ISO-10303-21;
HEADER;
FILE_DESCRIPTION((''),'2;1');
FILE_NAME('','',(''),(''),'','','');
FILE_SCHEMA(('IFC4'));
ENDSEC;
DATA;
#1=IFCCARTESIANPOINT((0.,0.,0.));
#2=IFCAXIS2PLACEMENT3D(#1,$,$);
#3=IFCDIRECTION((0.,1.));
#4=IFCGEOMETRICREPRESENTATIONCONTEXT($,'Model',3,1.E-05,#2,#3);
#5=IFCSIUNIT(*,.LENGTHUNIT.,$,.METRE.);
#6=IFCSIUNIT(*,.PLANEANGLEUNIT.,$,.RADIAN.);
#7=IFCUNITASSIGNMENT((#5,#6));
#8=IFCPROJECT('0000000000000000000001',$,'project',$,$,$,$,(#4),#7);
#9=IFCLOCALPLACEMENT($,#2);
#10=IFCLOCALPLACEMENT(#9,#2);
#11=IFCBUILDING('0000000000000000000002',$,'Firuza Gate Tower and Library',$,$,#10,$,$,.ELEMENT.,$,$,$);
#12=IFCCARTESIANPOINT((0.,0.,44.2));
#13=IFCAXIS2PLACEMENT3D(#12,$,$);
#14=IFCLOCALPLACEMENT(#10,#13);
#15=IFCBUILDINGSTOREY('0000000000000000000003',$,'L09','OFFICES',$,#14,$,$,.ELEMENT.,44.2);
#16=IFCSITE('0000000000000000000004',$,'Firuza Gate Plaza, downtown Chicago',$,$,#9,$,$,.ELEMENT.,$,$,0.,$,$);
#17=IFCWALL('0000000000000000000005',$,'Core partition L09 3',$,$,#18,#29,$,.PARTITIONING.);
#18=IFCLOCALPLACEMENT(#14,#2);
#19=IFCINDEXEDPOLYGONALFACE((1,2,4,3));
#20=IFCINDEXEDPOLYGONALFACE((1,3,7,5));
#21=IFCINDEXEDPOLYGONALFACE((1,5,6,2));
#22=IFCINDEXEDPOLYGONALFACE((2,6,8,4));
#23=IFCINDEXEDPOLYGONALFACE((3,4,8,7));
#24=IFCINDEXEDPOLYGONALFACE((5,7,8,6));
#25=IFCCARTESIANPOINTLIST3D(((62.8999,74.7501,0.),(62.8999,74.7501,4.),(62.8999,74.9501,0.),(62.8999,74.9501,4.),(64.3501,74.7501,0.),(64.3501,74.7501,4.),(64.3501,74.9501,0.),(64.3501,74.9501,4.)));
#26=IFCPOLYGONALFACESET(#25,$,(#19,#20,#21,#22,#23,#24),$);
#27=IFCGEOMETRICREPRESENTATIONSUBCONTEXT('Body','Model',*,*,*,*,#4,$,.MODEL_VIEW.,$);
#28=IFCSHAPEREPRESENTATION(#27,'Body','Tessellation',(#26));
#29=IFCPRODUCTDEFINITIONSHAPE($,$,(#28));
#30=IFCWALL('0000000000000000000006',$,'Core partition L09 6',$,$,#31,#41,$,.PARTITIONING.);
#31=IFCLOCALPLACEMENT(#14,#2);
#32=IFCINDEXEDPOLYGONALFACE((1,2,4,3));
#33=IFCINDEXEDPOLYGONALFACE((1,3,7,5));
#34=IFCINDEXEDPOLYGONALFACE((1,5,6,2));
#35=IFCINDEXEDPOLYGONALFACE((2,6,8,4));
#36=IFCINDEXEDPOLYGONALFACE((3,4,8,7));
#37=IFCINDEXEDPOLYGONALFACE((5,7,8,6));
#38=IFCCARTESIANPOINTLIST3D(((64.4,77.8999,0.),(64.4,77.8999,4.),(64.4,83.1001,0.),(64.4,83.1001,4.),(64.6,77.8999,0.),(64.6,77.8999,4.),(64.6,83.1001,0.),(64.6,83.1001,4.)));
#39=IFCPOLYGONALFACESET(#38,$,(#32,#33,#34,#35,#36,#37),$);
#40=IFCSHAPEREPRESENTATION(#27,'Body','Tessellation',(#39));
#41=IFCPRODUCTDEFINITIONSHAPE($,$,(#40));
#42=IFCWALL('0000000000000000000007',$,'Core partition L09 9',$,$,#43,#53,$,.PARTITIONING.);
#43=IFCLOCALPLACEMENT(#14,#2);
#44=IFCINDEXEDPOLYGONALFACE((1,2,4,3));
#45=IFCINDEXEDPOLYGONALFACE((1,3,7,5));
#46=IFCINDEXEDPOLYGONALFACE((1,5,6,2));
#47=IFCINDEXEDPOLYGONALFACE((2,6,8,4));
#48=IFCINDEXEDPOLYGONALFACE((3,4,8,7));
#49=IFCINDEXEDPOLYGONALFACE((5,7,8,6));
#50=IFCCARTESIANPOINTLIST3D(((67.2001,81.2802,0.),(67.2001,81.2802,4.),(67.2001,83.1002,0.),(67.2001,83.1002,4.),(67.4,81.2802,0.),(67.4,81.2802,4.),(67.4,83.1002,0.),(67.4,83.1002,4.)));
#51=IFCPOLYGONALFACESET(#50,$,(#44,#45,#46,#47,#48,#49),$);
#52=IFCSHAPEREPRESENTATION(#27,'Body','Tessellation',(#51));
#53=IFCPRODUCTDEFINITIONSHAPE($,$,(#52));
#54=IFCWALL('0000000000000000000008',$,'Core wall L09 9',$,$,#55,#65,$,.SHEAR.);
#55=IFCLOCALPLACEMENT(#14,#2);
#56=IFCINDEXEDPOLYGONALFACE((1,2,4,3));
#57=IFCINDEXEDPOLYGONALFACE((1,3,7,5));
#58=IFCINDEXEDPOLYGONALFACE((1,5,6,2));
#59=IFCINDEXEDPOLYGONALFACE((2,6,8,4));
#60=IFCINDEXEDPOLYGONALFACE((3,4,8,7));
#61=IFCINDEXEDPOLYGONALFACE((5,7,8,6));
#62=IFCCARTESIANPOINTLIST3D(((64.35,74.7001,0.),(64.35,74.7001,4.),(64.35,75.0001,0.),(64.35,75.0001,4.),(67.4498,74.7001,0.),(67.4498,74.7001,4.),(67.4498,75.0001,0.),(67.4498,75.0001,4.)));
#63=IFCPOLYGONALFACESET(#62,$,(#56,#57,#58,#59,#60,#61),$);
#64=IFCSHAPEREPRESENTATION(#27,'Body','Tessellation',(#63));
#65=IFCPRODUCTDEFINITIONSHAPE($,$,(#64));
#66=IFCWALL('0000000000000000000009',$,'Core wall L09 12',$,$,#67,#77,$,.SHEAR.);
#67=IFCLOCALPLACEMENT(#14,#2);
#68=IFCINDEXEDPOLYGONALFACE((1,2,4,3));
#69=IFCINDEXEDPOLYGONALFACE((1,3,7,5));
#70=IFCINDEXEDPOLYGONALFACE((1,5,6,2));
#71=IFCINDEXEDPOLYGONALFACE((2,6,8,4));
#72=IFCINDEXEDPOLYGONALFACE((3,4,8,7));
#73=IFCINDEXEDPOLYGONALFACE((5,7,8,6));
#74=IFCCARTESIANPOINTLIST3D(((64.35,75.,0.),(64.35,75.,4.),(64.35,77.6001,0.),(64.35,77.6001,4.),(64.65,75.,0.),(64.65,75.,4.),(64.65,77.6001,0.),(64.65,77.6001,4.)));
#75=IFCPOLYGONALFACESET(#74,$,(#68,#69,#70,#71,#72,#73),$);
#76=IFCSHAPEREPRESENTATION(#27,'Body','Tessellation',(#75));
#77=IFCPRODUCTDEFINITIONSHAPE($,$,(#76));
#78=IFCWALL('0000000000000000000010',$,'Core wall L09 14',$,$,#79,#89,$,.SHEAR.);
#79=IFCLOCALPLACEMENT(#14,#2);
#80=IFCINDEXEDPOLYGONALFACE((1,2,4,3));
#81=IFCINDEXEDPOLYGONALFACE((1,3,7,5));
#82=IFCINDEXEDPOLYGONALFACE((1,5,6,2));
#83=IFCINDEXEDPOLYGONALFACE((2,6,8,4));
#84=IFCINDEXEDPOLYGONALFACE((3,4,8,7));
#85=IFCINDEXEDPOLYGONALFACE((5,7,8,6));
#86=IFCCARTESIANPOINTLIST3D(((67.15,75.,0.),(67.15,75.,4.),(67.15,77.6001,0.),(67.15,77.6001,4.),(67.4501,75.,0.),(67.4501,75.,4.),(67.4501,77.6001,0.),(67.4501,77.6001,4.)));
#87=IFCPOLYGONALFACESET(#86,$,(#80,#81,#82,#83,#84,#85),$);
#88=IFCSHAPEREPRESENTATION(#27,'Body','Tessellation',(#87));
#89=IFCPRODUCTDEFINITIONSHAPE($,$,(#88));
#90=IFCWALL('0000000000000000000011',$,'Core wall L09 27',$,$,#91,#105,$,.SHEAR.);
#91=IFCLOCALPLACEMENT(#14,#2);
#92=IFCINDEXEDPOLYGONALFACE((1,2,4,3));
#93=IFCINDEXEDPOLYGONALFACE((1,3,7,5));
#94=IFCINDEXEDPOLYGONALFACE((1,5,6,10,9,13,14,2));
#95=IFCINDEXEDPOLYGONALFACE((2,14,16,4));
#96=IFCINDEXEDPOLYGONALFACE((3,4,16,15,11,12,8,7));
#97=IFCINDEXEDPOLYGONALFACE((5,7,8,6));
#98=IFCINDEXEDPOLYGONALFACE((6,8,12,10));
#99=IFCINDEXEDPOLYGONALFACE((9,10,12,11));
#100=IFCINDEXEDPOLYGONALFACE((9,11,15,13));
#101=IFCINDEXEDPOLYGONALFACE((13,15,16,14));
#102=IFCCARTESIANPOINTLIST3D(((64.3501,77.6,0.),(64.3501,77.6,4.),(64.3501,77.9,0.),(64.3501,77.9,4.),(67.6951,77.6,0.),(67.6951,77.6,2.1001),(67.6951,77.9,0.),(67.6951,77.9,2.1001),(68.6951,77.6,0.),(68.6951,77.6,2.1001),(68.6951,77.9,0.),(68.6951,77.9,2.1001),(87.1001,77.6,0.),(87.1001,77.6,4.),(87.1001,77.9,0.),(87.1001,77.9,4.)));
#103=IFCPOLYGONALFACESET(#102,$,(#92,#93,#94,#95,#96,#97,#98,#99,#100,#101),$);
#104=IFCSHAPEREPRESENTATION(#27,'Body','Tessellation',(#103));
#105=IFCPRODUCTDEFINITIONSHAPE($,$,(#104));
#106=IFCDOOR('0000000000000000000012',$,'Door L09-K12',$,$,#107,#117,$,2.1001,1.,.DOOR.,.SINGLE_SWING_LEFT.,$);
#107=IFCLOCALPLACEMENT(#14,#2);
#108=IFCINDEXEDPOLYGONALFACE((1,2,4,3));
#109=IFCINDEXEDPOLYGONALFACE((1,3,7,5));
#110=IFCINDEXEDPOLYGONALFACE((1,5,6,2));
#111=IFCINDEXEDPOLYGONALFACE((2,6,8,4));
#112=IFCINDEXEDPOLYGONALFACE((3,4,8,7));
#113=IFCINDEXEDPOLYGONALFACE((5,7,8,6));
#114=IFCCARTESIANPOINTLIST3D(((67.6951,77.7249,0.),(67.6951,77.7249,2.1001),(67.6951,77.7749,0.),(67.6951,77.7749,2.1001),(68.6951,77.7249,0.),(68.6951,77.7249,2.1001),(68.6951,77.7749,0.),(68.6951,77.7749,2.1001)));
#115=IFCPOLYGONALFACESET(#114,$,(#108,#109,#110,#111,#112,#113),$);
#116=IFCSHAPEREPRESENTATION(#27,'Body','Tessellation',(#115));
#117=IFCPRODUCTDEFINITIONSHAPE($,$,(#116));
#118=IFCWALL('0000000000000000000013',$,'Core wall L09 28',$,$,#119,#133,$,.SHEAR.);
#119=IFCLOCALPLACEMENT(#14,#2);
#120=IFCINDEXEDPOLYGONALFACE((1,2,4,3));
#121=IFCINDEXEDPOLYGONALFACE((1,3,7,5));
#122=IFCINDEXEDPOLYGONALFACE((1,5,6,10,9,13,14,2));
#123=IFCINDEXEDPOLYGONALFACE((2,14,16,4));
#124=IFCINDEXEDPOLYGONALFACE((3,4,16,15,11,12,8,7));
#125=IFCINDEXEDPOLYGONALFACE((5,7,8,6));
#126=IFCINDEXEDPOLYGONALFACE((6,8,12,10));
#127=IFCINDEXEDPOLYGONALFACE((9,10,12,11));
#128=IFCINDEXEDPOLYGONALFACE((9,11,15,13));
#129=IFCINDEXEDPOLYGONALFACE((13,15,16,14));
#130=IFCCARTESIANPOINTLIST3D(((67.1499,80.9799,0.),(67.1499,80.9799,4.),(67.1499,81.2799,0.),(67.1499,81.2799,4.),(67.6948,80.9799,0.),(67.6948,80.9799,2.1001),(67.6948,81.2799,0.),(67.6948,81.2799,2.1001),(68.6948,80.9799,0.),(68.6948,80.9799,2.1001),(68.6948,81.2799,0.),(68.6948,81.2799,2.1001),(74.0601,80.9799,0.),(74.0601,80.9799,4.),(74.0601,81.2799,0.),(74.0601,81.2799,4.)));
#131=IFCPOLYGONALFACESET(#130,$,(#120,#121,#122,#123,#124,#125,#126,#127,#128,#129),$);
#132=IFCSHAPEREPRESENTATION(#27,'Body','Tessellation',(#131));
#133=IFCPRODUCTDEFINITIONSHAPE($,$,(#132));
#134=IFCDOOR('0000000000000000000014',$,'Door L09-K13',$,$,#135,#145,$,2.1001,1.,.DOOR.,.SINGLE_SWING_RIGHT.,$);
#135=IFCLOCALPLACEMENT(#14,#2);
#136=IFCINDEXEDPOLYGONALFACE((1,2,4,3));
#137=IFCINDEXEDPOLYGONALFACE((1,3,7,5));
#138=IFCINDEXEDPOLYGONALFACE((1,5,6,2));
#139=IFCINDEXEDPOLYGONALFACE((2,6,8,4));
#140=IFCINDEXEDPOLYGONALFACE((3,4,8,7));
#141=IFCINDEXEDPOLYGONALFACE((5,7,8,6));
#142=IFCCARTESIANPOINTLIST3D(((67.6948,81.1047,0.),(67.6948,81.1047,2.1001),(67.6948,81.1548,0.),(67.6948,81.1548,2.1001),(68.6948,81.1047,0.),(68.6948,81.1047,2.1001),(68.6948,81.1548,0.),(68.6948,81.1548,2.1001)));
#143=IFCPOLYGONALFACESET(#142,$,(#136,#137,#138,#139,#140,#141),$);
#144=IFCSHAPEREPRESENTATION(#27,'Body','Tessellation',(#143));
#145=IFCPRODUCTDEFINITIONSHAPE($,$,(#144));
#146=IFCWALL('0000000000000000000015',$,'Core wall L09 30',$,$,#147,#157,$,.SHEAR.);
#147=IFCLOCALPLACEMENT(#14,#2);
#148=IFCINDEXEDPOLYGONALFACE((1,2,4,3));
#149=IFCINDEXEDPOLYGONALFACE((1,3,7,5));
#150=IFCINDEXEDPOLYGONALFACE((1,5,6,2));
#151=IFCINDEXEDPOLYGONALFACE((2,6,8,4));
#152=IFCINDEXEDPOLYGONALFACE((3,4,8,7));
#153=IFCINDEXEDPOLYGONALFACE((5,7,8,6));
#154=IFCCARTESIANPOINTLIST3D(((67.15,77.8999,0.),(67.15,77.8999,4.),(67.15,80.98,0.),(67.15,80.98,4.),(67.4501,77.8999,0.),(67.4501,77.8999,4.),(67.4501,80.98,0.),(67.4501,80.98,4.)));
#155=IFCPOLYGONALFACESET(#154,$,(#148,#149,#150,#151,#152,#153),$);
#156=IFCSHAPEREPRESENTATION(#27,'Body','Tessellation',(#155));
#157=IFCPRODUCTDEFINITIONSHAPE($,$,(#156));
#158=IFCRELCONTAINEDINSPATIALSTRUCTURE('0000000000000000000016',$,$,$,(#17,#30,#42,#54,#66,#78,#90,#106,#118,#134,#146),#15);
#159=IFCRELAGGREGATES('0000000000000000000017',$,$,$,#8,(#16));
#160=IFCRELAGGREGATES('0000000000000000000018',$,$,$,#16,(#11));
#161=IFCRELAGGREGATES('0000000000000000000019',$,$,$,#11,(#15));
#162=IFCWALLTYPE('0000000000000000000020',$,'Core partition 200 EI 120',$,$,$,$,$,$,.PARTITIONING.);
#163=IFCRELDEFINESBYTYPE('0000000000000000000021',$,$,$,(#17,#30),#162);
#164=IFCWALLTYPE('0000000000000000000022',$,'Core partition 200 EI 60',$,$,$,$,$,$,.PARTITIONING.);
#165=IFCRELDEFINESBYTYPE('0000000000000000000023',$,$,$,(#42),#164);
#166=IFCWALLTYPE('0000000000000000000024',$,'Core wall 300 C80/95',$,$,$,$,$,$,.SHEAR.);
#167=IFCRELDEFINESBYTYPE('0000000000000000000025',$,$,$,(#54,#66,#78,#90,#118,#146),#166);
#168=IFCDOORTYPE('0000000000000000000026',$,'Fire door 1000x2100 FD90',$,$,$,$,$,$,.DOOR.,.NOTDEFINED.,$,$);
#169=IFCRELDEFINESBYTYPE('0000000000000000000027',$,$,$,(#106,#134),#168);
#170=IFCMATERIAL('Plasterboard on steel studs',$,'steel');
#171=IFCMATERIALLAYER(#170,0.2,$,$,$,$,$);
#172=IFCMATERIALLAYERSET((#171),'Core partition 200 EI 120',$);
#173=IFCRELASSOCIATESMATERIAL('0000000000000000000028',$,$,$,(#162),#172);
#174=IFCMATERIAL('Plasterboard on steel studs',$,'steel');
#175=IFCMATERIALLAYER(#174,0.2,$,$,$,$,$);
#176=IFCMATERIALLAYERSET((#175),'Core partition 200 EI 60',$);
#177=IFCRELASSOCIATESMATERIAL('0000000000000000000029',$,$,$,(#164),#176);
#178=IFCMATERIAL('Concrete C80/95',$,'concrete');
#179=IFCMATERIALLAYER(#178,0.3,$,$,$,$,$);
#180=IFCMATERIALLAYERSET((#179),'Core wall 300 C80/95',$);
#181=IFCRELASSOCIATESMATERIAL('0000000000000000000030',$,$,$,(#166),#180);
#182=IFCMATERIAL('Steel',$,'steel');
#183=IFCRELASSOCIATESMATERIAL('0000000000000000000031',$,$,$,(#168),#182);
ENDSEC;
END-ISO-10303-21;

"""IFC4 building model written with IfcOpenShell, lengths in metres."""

from ifc_helpers import new_model, si_unit, direction, frame, frame_2d, origin, place, context, subcontext, project, spatial, rectangle, extrude, material, layer, layer_set, type_object, element, fill, save


model = new_model("IFC4")

# Units and contexts
model_context = context("Model", 3, precision=1e-05, world=origin(), true_north=direction((0.0, 1.0)))
body_context = subcontext(model_context, "Body", "Model", "MODEL_VIEW")
ifc_project = project(units=[si_unit("LENGTHUNIT", "METRE"), si_unit("PLANEANGLEUNIT", "RADIAN")], contexts=[model_context])

# Site, building, storey
site_placement = place(None, origin())
site = spatial("IfcSite", under=ifc_project, at=site_placement, Name="Firuza Gate Plaza, downtown Chicago", CompositionType="ELEMENT", RefElevation=0.0)
building_placement = place(site_placement, origin())
building = spatial("IfcBuilding", under=site, at=building_placement, Name="Firuza Gate Tower and Library", CompositionType="ELEMENT")
storey_placement = place(building_placement, frame((0.0, 0.0, 44.2)))
storey = spatial("IfcBuildingStorey", under=building, at=storey_placement, Name="L09", Description="OFFICES", CompositionType="ELEMENT", Elevation=44.2)

# Walls
ifc_material_1 = material(Name="Plasterboard on steel studs", Category="steel")
ifc_layer_1 = layer(ifc_material_1, 0.2)
ifc_layer_set_1 = layer_set([ifc_layer_1], Name="Core partition 200 EI 120")
wall_type_1 = type_object("IfcWallType", Name="Core partition 200 EI 120", PredefinedType="PARTITIONING", material=ifc_layer_set_1)
wall_1_placement = place(storey_placement, frame((62.8999, 74.8501, 0.0), z_axis=(0.0, 0.0, 1.0), x_axis=(1.0, 0.0, 0.0)))
element("IfcWall", 1, at=wall_1_placement, inside=storey, type_object=wall_type_1, Name="Core partition L09 3", PredefinedType="PARTITIONING", context=body_context, shape_type="SweptSolid", body=[
    extrude(rectangle(XDim=1.4502, YDim=0.2, at=frame_2d((0.7251, 0.0))), origin(), (0.0, 0.0, 1.0), 4.0),
])
wall_2_placement = place(storey_placement, frame((64.5, 77.8999, 0.0), z_axis=(0.0, 0.0, 1.0), x_axis=(0.0, 1.0, 0.0)))
element("IfcWall", 2, at=wall_2_placement, inside=storey, type_object=wall_type_1, Name="Core partition L09 6", PredefinedType="PARTITIONING", context=body_context, shape_type="SweptSolid", body=[
    extrude(rectangle(XDim=5.2002, YDim=0.2, at=frame_2d((2.6001, 0.0))), origin(), (0.0, 0.0, 1.0), 4.0),
])
ifc_material_2 = material(Name="Plasterboard on steel studs", Category="steel")
ifc_layer_2 = layer(ifc_material_2, 0.2)
ifc_layer_set_2 = layer_set([ifc_layer_2], Name="Core partition 200 EI 60")
wall_type_2 = type_object("IfcWallType", Name="Core partition 200 EI 60", PredefinedType="PARTITIONING", material=ifc_layer_set_2)
wall_3_placement = place(storey_placement, frame((67.3, 81.28, 0.0), z_axis=(0.0, 0.0, 1.0), x_axis=(0.0, 1.0, 0.0)))
element("IfcWall", 3, at=wall_3_placement, inside=storey, type_object=wall_type_2, Name="Core partition L09 9", PredefinedType="PARTITIONING", context=body_context, shape_type="SweptSolid", body=[
    extrude(rectangle(XDim=1.8201, YDim=0.2, at=frame_2d((0.9102, 0.0))), origin(), (0.0, 0.0, 1.0), 4.0),
])
ifc_material_3 = material(Name="Concrete C80/95", Category="concrete")
ifc_layer_3 = layer(ifc_material_3, 0.3)
ifc_layer_set_3 = layer_set([ifc_layer_3], Name="Core wall 300 C80/95")
wall_type_3 = type_object("IfcWallType", Name="Core wall 300 C80/95", PredefinedType="SHEAR", material=ifc_layer_set_3)
wall_4_placement = place(storey_placement, frame((64.3501, 74.8501, 0.0), z_axis=(0.0, 0.0, 1.0), x_axis=(1.0, 0.0, 0.0)))
element("IfcWall", 4, at=wall_4_placement, inside=storey, type_object=wall_type_3, Name="Core wall L09 9", PredefinedType="SHEAR", context=body_context, shape_type="SweptSolid", body=[
    extrude(rectangle(XDim=3.0999, YDim=0.3, at=frame_2d((1.5498, 0.0))), origin(), (0.0, 0.0, 1.0), 4.0),
])
for number, where, z_axis, x_axis, name in (
    (5, (64.5, 75.0, 0.0), (0.0, 0.0, 1.0), (0.0, 1.0, 0.0), "Core wall L09 12"),
    (6, (67.3, 75.0, 0.0), (0.0, 0.0, 1.0), (0.0, 1.0, 0.0), "Core wall L09 14"),
):
    element("IfcWall", number, at=place(storey_placement, frame(where, z_axis=z_axis, x_axis=x_axis)), inside=storey, type_object=wall_type_3, Name=name, PredefinedType="SHEAR", context=body_context, shape_type="SweptSolid", body=[
        extrude(rectangle(XDim=2.6001, YDim=0.3, at=frame_2d((1.3, 0.0))), origin(), (0.0, 0.0, 1.0), 4.0),
    ])

# Walls, openings, doors
wall_5_placement = place(storey_placement, frame((64.3501, 77.75, 0.0), z_axis=(0.0, 0.0, 1.0), x_axis=(1.0, 0.0, 0.0)))
wall_5 = element("IfcWall", 7, at=wall_5_placement, inside=storey, type_object=wall_type_3, Name="Core wall L09 27", PredefinedType="SHEAR", context=body_context, shape_type="SweptSolid", body=[
    extrude(rectangle(XDim=22.75, YDim=0.3, at=frame_2d((11.375, 0.0))), origin(), (0.0, 0.0, 1.0), 4.0),
])
opening_1_placement = place(wall_5_placement, frame((3.345, 0.0, 0.0)))
opening_1 = element("IfcOpeningElement", 8, at=opening_1_placement, cuts=wall_5, PredefinedType="OPENING", context=body_context, shape_type="SweptSolid", body=[
    extrude(rectangle(XDim=1.0, YDim=2.1001, at=frame_2d((0.5, 1.05))), frame((0.0, 0.1602, 0.0), z_axis=(0.0, -1.0, 0.0), x_axis=(1.0, 0.0, 0.0)), (0.0, 0.0, 1.0), 0.3201),
])
ifc_material_4 = material(Name="Steel", Category="steel")
door_type_1 = type_object("IfcDoorType", Name="Fire door 1000x2100 FD90", OperationType="NOTDEFINED", PredefinedType="DOOR", material=ifc_material_4)
door_1_placement = place(opening_1_placement, origin())
door_1 = element("IfcDoor", 9, at=door_1_placement, inside=storey, type_object=door_type_1, Name="Door L09-K12", OperationType="SINGLE_SWING_LEFT", OverallHeight=2.1001, OverallWidth=1.0, PredefinedType="DOOR", context=body_context, shape_type="SweptSolid", body=[
    extrude(rectangle(XDim=1.0, YDim=2.1001, at=frame_2d((0.5, 1.05))), frame((0.0, 0.0249, 0.0), z_axis=(0.0, -1.0, 0.0), x_axis=(1.0, 0.0, 0.0)), (0.0, 0.0, 1.0), 0.05),
])
fill(opening_1, door_1)
wall_6_placement = place(storey_placement, frame((67.1499, 81.1299, 0.0), z_axis=(0.0, 0.0, 1.0), x_axis=(1.0, 0.0, 0.0)))
wall_6 = element("IfcWall", 10, at=wall_6_placement, inside=storey, type_object=wall_type_3, Name="Core wall L09 28", PredefinedType="SHEAR", context=body_context, shape_type="SweptSolid", body=[
    extrude(rectangle(XDim=6.9102, YDim=0.3, at=frame_2d((3.4551, 0.0))), origin(), (0.0, 0.0, 1.0), 4.0),
])
opening_2_placement = place(wall_6_placement, frame((0.5449, 0.0, 0.0)))
opening_2 = element("IfcOpeningElement", 11, at=opening_2_placement, cuts=wall_6, PredefinedType="OPENING", context=body_context, shape_type="SweptSolid", body=[
    extrude(rectangle(XDim=1.0, YDim=2.1001, at=frame_2d((0.5, 1.05))), frame((0.0, 0.1602, 0.0), z_axis=(0.0, -1.0, 0.0), x_axis=(1.0, 0.0, 0.0)), (0.0, 0.0, 1.0), 0.3201),
])
door_2_placement = place(opening_2_placement, origin())
door_2 = element("IfcDoor", 12, at=door_2_placement, inside=storey, type_object=door_type_1, Name="Door L09-K13", OperationType="SINGLE_SWING_RIGHT", OverallHeight=2.1001, OverallWidth=1.0, PredefinedType="DOOR", context=body_context, shape_type="SweptSolid", body=[
    extrude(rectangle(XDim=1.0, YDim=2.1001, at=frame_2d((0.5, 1.05))), frame((0.0, 0.0249, 0.0), z_axis=(0.0, -1.0, 0.0), x_axis=(1.0, 0.0, 0.0)), (0.0, 0.0, 1.0), 0.05),
])
fill(opening_2, door_2)

# Wall
wall_7_placement = place(storey_placement, frame((67.3, 77.8999, 0.0), z_axis=(0.0, 0.0, 1.0), x_axis=(0.0, 1.0, 0.0)))
element("IfcWall", 13, at=wall_7_placement, inside=storey, type_object=wall_type_3, Name="Core wall L09 30", PredefinedType="SHEAR", context=body_context, shape_type="SweptSolid", body=[
    extrude(rectangle(XDim=3.0801, YDim=0.3, at=frame_2d((1.54, 0.0))), origin(), (0.0, 0.0, 1.0), 4.0),
])

save(model, "model.ifc")
